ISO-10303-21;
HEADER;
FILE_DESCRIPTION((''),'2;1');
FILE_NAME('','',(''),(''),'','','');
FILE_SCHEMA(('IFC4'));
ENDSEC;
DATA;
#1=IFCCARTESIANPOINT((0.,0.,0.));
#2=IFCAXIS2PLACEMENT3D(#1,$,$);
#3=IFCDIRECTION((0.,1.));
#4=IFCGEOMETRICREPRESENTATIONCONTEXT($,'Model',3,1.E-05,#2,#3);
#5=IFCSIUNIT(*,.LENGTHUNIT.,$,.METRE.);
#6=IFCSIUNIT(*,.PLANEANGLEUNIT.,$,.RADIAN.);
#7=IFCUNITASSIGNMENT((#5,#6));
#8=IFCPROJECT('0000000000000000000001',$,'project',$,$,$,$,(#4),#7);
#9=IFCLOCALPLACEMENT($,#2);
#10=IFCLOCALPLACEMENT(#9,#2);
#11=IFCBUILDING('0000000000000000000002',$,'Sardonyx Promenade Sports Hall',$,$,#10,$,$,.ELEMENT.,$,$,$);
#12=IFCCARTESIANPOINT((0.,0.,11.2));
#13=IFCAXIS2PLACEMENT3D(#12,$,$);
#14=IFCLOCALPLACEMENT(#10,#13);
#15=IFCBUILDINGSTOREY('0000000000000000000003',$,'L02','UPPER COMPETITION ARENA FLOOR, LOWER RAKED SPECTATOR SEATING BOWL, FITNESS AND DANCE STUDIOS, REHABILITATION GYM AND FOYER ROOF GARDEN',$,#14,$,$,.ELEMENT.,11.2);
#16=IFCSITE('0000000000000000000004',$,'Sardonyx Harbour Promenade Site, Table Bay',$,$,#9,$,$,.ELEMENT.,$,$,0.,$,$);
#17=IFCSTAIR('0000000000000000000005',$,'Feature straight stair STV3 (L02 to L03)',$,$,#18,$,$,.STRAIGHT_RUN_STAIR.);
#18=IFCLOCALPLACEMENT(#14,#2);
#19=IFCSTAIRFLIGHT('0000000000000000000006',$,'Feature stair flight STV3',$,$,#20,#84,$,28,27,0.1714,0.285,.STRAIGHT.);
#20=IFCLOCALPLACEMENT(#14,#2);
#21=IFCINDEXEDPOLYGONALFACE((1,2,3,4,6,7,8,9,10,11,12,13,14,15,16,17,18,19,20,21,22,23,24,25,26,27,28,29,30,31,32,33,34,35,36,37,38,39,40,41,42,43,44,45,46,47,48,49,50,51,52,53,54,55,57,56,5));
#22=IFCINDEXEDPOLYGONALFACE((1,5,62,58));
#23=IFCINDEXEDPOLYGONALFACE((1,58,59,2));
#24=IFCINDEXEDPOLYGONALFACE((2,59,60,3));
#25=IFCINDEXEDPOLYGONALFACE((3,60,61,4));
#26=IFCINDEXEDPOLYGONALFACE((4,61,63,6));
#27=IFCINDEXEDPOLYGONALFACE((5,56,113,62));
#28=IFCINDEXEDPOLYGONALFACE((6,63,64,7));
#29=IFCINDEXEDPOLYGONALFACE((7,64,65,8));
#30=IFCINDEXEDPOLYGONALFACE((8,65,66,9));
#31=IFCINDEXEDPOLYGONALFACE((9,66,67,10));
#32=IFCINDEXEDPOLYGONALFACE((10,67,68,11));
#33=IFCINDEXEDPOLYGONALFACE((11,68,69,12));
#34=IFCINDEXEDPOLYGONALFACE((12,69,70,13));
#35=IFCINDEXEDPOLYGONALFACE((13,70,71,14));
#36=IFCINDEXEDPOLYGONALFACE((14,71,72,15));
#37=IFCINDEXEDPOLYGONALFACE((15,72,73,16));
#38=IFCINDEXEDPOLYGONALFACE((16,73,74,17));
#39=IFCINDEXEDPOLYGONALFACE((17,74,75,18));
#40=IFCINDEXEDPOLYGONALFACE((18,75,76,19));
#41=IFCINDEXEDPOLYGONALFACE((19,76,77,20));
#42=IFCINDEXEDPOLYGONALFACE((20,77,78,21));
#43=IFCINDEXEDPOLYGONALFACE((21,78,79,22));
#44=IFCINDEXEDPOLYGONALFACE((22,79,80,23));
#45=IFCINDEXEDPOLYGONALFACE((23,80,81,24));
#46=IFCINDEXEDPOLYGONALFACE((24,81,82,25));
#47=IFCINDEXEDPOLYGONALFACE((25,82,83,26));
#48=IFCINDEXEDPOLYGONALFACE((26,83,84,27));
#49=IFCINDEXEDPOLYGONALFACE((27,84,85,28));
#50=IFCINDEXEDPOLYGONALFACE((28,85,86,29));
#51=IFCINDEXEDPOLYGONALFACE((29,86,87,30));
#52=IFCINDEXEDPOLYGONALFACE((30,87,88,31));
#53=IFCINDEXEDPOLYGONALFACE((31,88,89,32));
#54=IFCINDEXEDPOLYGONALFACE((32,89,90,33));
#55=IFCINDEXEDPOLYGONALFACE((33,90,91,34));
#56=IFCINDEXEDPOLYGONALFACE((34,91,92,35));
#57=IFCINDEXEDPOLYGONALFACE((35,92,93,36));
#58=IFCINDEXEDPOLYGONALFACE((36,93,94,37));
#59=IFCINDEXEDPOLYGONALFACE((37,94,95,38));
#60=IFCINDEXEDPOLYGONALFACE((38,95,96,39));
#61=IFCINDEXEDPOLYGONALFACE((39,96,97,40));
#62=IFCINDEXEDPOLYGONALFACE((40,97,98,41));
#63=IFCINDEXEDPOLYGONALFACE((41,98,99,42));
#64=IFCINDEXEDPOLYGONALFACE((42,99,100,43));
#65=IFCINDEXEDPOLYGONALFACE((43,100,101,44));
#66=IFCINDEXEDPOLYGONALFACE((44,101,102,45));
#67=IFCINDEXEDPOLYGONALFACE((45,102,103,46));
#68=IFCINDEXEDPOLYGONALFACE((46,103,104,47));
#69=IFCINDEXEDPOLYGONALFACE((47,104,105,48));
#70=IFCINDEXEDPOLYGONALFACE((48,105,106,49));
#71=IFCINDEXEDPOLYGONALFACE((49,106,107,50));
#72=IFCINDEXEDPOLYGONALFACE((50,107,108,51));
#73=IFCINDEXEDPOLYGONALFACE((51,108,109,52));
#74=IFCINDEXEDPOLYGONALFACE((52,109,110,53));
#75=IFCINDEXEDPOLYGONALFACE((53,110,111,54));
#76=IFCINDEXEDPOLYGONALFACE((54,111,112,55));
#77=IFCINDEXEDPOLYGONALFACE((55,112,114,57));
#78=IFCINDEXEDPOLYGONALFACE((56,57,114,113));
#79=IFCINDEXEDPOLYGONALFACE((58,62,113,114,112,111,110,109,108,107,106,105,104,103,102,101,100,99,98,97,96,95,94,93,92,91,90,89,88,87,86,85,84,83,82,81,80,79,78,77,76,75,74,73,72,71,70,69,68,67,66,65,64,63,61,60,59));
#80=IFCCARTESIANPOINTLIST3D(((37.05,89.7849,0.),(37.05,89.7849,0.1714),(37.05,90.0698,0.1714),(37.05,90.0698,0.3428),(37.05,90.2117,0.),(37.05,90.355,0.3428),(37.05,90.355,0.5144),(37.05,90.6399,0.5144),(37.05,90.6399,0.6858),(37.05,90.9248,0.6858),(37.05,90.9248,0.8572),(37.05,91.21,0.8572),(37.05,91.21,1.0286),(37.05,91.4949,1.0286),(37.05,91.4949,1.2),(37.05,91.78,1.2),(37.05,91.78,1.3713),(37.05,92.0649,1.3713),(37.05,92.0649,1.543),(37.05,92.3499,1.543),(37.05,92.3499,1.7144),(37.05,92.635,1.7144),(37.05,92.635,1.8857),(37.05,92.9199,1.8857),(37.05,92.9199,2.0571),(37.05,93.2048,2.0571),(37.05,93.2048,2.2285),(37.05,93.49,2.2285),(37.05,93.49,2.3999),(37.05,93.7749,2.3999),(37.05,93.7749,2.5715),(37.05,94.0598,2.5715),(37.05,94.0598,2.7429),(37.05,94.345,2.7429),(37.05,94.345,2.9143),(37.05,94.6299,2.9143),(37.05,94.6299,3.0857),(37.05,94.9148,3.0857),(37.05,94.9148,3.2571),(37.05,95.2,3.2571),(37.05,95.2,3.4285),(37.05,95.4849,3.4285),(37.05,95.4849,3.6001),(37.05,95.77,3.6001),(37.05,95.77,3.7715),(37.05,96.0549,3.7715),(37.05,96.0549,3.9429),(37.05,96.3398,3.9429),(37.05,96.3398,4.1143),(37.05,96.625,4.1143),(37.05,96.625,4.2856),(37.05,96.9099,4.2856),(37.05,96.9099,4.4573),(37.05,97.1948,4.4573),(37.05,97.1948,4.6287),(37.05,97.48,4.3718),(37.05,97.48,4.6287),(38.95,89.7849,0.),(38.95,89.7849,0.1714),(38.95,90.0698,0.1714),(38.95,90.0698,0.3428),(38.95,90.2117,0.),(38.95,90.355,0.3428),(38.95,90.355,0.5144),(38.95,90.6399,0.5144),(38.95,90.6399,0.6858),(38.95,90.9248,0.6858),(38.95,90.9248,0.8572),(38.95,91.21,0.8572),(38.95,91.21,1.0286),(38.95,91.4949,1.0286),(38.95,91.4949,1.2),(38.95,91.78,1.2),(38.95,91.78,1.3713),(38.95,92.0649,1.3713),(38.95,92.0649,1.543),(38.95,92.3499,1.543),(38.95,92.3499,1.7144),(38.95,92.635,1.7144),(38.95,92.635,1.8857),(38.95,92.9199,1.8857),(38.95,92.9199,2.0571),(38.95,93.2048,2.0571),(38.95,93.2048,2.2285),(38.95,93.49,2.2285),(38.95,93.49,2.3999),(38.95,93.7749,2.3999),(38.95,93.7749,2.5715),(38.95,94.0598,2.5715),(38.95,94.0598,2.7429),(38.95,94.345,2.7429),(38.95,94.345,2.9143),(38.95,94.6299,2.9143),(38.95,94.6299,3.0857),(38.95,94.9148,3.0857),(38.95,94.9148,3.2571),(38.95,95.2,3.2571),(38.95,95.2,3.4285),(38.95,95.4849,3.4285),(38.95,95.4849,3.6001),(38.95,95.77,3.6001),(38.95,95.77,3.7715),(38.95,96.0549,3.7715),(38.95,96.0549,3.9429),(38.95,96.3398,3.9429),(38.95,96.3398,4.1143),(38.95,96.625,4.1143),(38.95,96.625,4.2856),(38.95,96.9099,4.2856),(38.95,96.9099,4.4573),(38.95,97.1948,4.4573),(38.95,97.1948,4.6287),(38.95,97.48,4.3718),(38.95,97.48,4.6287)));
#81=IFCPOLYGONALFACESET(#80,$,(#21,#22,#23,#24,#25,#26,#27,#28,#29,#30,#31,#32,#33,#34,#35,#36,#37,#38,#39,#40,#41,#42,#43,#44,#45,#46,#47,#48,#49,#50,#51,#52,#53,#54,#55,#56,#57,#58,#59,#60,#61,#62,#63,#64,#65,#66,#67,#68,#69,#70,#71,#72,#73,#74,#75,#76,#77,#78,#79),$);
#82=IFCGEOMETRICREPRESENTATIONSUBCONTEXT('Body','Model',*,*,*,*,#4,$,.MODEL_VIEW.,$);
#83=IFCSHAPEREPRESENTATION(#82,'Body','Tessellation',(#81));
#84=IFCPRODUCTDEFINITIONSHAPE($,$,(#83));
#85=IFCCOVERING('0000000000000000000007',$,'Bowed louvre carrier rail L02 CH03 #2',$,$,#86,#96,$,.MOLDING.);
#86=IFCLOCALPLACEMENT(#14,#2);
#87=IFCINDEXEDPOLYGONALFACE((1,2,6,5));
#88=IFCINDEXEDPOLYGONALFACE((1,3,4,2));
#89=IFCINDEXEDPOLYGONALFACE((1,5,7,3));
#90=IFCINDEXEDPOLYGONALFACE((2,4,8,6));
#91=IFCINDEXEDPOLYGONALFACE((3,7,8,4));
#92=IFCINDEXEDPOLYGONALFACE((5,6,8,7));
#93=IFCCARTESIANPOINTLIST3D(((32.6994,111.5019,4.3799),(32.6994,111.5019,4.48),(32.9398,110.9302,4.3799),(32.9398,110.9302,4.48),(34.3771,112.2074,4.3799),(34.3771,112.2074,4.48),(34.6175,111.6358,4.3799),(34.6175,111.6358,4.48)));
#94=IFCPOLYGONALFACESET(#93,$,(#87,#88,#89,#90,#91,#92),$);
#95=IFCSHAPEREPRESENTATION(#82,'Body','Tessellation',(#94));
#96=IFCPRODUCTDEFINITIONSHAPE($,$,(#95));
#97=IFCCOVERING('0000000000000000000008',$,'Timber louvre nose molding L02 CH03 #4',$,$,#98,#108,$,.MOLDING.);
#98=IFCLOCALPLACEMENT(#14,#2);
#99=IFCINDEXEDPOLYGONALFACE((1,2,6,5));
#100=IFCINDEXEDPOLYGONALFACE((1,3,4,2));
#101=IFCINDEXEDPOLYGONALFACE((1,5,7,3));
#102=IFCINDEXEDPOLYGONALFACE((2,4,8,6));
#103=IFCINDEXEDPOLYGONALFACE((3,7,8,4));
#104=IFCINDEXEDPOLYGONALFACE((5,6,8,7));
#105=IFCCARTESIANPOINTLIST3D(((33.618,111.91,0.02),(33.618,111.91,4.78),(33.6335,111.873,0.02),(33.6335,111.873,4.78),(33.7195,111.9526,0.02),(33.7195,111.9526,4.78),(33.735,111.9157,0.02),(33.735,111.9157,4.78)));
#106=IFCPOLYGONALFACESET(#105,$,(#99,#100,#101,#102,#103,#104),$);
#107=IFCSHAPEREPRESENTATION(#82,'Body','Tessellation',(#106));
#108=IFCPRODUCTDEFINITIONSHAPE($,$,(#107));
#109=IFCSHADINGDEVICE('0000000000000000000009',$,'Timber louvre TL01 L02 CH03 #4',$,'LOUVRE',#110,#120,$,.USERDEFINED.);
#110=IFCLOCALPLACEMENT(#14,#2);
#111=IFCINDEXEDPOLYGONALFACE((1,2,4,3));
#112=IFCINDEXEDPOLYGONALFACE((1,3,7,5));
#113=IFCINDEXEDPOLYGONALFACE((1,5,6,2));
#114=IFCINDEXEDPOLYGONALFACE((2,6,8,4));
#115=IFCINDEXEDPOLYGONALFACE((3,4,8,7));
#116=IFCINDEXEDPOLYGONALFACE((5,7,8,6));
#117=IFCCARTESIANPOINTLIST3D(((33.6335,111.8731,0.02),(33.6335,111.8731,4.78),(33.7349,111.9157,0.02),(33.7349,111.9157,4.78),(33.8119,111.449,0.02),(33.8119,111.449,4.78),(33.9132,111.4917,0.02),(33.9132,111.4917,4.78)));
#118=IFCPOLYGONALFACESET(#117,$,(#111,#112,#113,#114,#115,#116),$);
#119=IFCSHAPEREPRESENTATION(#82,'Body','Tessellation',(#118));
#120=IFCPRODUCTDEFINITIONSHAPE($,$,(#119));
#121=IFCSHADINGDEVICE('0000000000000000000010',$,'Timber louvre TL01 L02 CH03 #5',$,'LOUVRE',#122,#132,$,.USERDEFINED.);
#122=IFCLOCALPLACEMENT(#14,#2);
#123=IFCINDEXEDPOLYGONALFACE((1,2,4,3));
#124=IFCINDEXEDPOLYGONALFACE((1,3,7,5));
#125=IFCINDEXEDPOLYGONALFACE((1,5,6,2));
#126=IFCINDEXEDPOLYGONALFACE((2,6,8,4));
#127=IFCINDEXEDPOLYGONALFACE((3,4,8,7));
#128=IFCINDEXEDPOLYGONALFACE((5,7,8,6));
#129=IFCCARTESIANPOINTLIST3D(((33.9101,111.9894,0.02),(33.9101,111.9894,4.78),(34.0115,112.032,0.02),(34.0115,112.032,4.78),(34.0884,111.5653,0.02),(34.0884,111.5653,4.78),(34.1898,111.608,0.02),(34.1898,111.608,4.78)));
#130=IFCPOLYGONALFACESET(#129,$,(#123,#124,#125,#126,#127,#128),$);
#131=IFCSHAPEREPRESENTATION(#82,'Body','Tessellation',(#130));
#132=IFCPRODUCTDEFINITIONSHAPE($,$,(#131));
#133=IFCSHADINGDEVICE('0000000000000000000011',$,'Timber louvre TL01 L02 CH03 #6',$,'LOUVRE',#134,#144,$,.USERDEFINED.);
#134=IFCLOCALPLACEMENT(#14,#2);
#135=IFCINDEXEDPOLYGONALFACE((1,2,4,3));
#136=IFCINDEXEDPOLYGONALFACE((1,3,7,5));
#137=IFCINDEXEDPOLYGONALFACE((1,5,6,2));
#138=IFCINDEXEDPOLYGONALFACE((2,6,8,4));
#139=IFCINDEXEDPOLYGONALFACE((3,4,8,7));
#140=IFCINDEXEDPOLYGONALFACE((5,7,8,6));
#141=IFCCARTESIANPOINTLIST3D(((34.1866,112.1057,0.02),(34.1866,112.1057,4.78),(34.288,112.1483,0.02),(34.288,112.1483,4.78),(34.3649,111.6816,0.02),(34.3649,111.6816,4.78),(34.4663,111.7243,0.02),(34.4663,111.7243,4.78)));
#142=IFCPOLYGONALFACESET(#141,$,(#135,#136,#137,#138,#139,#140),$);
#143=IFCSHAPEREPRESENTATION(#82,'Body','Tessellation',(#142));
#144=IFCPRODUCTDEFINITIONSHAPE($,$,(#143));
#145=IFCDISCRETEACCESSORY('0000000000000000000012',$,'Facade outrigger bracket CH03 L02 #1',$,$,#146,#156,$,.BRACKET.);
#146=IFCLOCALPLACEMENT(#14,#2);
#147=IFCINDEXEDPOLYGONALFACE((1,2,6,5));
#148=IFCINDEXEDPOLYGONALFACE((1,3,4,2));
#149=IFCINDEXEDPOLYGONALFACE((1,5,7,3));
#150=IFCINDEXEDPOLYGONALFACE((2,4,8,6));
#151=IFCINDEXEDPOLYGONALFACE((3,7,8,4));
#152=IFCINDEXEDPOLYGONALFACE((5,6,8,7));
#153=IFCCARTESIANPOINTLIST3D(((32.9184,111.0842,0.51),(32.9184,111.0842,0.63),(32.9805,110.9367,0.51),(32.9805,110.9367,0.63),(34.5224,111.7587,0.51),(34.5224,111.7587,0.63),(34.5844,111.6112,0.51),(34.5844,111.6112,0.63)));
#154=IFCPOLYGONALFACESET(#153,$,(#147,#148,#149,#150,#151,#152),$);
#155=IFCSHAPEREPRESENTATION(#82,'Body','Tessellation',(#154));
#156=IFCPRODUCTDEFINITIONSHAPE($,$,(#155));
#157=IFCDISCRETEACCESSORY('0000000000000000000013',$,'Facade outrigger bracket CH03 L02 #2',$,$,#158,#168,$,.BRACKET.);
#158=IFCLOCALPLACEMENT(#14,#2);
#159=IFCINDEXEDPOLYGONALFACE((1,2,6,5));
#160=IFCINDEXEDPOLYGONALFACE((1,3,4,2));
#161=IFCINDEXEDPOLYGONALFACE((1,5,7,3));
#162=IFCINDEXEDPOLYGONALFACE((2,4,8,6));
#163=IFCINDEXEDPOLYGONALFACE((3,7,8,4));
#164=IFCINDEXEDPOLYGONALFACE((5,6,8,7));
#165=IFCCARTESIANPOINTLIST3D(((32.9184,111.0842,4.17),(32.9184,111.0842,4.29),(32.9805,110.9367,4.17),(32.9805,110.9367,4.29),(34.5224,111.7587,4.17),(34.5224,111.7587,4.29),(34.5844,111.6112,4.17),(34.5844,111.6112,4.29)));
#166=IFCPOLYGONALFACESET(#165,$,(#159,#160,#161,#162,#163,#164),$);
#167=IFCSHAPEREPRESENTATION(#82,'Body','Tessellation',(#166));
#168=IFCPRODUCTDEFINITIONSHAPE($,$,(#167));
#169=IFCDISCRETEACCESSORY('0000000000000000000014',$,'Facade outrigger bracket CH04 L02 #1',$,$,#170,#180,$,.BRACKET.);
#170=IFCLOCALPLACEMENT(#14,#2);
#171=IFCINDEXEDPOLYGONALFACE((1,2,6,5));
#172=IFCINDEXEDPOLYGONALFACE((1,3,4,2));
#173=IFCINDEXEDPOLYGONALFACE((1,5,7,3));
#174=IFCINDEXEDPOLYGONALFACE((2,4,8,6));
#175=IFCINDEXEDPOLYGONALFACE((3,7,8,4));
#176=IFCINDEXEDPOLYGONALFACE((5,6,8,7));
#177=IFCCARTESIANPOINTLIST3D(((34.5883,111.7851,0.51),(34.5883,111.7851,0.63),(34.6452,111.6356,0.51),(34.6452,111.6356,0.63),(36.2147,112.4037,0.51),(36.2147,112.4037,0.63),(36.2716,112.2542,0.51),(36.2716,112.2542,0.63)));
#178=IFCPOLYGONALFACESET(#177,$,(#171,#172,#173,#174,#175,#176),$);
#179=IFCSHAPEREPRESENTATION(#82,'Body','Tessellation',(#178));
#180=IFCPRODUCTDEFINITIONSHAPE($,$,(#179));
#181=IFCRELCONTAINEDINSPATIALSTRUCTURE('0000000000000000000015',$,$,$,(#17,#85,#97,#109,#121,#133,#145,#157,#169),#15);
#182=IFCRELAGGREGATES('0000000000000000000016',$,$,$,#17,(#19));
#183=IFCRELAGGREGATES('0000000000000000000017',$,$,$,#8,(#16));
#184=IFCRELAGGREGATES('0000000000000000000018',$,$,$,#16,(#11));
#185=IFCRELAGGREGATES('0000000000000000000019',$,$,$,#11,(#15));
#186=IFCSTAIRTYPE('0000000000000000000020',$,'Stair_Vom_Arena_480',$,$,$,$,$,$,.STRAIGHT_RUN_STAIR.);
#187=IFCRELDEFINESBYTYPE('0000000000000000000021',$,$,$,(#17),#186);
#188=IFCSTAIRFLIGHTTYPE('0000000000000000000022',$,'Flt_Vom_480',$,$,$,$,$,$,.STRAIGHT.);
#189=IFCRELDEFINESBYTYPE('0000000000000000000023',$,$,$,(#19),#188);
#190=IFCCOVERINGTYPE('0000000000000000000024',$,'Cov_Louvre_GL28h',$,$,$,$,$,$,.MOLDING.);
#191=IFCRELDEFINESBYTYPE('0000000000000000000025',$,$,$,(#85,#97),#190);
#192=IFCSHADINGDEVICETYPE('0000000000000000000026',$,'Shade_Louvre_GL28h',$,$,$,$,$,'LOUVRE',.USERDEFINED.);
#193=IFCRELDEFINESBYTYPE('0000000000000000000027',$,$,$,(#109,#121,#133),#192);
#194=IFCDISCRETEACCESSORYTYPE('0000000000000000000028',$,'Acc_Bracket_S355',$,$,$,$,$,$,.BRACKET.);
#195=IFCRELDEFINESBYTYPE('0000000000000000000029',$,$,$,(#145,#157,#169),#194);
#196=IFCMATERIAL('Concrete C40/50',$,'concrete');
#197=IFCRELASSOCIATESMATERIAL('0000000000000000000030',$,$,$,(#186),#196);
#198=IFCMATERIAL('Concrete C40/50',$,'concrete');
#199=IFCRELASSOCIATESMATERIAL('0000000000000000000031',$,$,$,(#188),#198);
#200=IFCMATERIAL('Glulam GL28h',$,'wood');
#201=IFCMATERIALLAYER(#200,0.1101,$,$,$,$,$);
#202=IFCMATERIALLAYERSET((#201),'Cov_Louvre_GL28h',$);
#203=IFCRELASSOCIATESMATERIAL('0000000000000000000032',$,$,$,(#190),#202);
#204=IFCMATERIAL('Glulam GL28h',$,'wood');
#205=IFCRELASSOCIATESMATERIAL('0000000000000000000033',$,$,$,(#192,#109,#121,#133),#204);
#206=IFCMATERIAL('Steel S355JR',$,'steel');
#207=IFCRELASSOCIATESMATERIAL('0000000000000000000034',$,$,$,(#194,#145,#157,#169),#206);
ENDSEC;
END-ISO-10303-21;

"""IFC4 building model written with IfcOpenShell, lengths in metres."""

from ifc_helpers import new_model, si_unit, direction, frame, origin, origin_2d, place, context, subcontext, project, spatial, polyline, rectangle, outline, extrude, material, layer, layer_set, type_object, element, aggregate, save


model = new_model("IFC4")

# Units and contexts
model_context = context("Model", 3, precision=1e-05, world=origin(), true_north=direction((0.0, 1.0)))
body_context = subcontext(model_context, "Body", "Model", "MODEL_VIEW")
ifc_project = project(units=[si_unit("LENGTHUNIT", "METRE"), si_unit("PLANEANGLEUNIT", "RADIAN")], contexts=[model_context])

# Site, building, storey
site_placement = place(None, origin())
site = spatial("IfcSite", under=ifc_project, at=site_placement, Name="Sardonyx Harbour Promenade Site, Table Bay", CompositionType="ELEMENT", RefElevation=0.0)
building_placement = place(site_placement, origin())
building = spatial("IfcBuilding", under=site, at=building_placement, Name="Sardonyx Promenade Sports Hall", CompositionType="ELEMENT")
storey_placement = place(building_placement, frame((0.0, 0.0, 11.2)))
storey = spatial("IfcBuildingStorey", under=building, at=storey_placement, Name="L02", Description="UPPER COMPETITION ARENA FLOOR, LOWER RAKED SPECTATOR SEATING BOWL, FITNESS AND DANCE STUDIOS, REHABILITATION GYM AND FOYER ROOF GARDEN", CompositionType="ELEMENT", Elevation=11.2)

# Stair, stair flight
ifc_material_1 = material(Name="Concrete C40/50", Category="concrete")
stair_type = type_object("IfcStairType", Name="Stair_Vom_Arena_480", PredefinedType="STRAIGHT_RUN_STAIR", material=ifc_material_1)
stair_placement = place(storey_placement, origin())
stair = element("IfcStair", 1, at=stair_placement, inside=storey, type_object=stair_type, Name="Feature straight stair STV3 (L02 to L03)", PredefinedType="STRAIGHT_RUN_STAIR")
ifc_material_2 = material(Name="Concrete C40/50", Category="concrete")
stair_flight_type = type_object("IfcStairFlightType", Name="Flt_Vom_480", PredefinedType="STRAIGHT", material=ifc_material_2)
stair_flight_placement = place(storey_placement, frame((38.0, 89.7849, 0.0), z_axis=(0.0, 0.0, 1.0), x_axis=(0.0, 1.0, 0.0)))
stair_flight = element("IfcStairFlight", 2, at=stair_flight_placement, type_object=stair_flight_type, Name="Feature stair flight STV3", NumberOfRisers=28, NumberOfTreads=27, PredefinedType="STRAIGHT", RiserHeight=0.1714, TreadLength=0.285, context=body_context, shape_type="SweptSolid", body=[
    extrude(outline(polyline([(0.0, 0.0), (0.0, 0.1714), (0.2849, 0.1714), (0.2849, 0.3428), (0.5701, 0.3428), (0.5701, 0.5144), (0.855, 0.5144), (0.855, 0.6858), (1.1399, 0.6858), (1.1399, 0.8572), (1.425, 0.8572), (1.425, 1.0286), (1.71, 1.0286), (1.71, 1.2), (1.9951, 1.2), (1.9951, 1.3713), (2.28, 1.3713), (2.28, 1.543), (2.5649, 1.543), (2.5649, 1.7144), (2.8501, 1.7144), (2.8501, 1.8857), (3.135, 1.8857), (3.135, 2.0571), (3.4199, 2.0571), (3.4199, 2.2285), (3.7051, 2.2285), (3.7051, 2.3999), (3.99, 2.3999), (3.99, 2.5715), (4.2749, 2.5715), (4.2749, 2.7429), (4.5601, 2.7429), (4.5601, 2.9143), (4.845, 2.9143), (4.845, 3.0857), (5.1299, 3.0857), (5.1299, 3.2571), (5.415, 3.2571), (5.415, 3.4285), (5.7, 3.4285), (5.7, 3.6001), (5.9851, 3.6001), (5.9851, 3.7715), (6.27, 3.7715), (6.27, 3.9429), (6.5549, 3.9429), (6.5549, 4.1143), (6.8401, 4.1143), (6.8401, 4.2856), (7.125, 4.2856), (7.125, 4.4573), (7.4099, 4.4573), (7.4099, 4.6287), (7.6951, 4.6287), (7.6951, 4.8), (7.6951, 4.3718), (0.4268, 0.0), (0.0, 0.0)])), frame((0.0, 0.95, 0.0), z_axis=(0.0, -1.0, 0.0), x_axis=(1.0, 0.0, 0.0)), (0.0, 0.0, 1.0), 1.8999),
])
aggregate(stair, [stair_flight])

# Coverings
ifc_material_3 = material(Name="Glulam GL28h", Category="wood")
ifc_layer_1 = layer(ifc_material_3, 0.1101)
ifc_layer_set_1 = layer_set([ifc_layer_1], Name="Cov_Louvre_GL28h")
covering_type = type_object("IfcCoveringType", Name="Cov_Louvre_GL28h", PredefinedType="MOLDING", material=ifc_layer_set_1)
covering_1_placement = place(storey_placement, frame((33.6584, 111.5688, 4.3799), z_axis=(0.0, 0.0, 1.0), x_axis=(0.9218, 0.387665, 0.0)))
element("IfcCovering", 3, at=covering_1_placement, inside=storey, type_object=covering_type, Name="Bowed louvre carrier rail L02 CH03 #2", PredefinedType="MOLDING", context=body_context, shape_type="SweptSolid", body=[
    extrude(rectangle(XDim=1.8201, YDim=0.6201, at=origin_2d()), origin(), (0.0, 0.0, 1.0), 0.1001),
])
covering_2_placement = place(storey_placement, frame((33.6765, 111.9128, 0.02), z_axis=(0.0, 0.0, 1.0), x_axis=(0.9218, 0.387665, 0.0)))
element("IfcCovering", 4, at=covering_2_placement, inside=storey, type_object=covering_type, Name="Timber louvre nose molding L02 CH03 #4", PredefinedType="MOLDING", context=body_context, shape_type="SweptSolid", body=[
    extrude(rectangle(XDim=0.1101, YDim=0.04, at=origin_2d()), origin(), (0.0, 0.0, 1.0), 4.76),
])

# Shading devices
ifc_material_4 = material(Name="Glulam GL28h", Category="wood")
shading_device_type = type_object("IfcShadingDeviceType", Name="Shade_Louvre_GL28h", ElementType="LOUVRE", PredefinedType="USERDEFINED", material=ifc_material_4)
for number, where, z_axis, x_axis, name in (
    (5, (33.7734, 111.6824, 0.02), (0.0, 0.0, 1.0), (0.9218, 0.387665, 0.0), "Timber louvre TL01 L02 CH03 #4"),
    (6, (34.0499, 111.7987, 0.02), (0.0, 0.0, 1.0), (0.9218, 0.387665, 0.0), "Timber louvre TL01 L02 CH03 #5"),
    (7, (34.3265, 111.915, 0.02), (0.0, 0.0, 1.0), (0.9218, 0.387665, 0.0), "Timber louvre TL01 L02 CH03 #6"),
):
    element("IfcShadingDevice", number, at=place(storey_placement, frame(where, z_axis=z_axis, x_axis=x_axis)), inside=storey, type_object=shading_device_type, material=ifc_material_4, Name=name, ObjectType="LOUVRE", PredefinedType="USERDEFINED", context=body_context, shape_type="SweptSolid", body=[
        extrude(rectangle(XDim=0.11, YDim=0.46), origin(), (0.0, 0.0, 1.0), 4.76),
    ])

# Discrete accessories
ifc_material_5 = material(Name="Steel S355JR", Category="steel")
discrete_accessory_type = type_object("IfcDiscreteAccessoryType", Name="Acc_Bracket_S355", PredefinedType="BRACKET", material=ifc_material_5)
for number, where, z_axis, x_axis, name in (
    (8, (33.7514, 111.3477, 0.51), (0.0, 0.0, 1.0), (0.9218, 0.387665, 0.0), "Facade outrigger bracket CH03 L02 #1"),
    (9, (33.7514, 111.3477, 4.17), (0.0, 0.0, 1.0), (0.9218, 0.387665, 0.0), "Facade outrigger bracket CH03 L02 #2"),
    (10, (35.4299, 112.0196, 0.51), (0.0, 0.0, 1.0), (0.934666, 0.355528, 0.0), "Facade outrigger bracket CH04 L02 #1"),
):
    element("IfcDiscreteAccessory", number, at=place(storey_placement, frame(where, z_axis=z_axis, x_axis=x_axis)), inside=storey, type_object=discrete_accessory_type, material=ifc_material_5, Name=name, PredefinedType="BRACKET", context=body_context, shape_type="SweptSolid", body=[
        extrude(rectangle(XDim=1.74, YDim=0.16), origin(), (0.0, 0.0, 1.0), 0.12),
    ])

save(model, "model.ifc")
